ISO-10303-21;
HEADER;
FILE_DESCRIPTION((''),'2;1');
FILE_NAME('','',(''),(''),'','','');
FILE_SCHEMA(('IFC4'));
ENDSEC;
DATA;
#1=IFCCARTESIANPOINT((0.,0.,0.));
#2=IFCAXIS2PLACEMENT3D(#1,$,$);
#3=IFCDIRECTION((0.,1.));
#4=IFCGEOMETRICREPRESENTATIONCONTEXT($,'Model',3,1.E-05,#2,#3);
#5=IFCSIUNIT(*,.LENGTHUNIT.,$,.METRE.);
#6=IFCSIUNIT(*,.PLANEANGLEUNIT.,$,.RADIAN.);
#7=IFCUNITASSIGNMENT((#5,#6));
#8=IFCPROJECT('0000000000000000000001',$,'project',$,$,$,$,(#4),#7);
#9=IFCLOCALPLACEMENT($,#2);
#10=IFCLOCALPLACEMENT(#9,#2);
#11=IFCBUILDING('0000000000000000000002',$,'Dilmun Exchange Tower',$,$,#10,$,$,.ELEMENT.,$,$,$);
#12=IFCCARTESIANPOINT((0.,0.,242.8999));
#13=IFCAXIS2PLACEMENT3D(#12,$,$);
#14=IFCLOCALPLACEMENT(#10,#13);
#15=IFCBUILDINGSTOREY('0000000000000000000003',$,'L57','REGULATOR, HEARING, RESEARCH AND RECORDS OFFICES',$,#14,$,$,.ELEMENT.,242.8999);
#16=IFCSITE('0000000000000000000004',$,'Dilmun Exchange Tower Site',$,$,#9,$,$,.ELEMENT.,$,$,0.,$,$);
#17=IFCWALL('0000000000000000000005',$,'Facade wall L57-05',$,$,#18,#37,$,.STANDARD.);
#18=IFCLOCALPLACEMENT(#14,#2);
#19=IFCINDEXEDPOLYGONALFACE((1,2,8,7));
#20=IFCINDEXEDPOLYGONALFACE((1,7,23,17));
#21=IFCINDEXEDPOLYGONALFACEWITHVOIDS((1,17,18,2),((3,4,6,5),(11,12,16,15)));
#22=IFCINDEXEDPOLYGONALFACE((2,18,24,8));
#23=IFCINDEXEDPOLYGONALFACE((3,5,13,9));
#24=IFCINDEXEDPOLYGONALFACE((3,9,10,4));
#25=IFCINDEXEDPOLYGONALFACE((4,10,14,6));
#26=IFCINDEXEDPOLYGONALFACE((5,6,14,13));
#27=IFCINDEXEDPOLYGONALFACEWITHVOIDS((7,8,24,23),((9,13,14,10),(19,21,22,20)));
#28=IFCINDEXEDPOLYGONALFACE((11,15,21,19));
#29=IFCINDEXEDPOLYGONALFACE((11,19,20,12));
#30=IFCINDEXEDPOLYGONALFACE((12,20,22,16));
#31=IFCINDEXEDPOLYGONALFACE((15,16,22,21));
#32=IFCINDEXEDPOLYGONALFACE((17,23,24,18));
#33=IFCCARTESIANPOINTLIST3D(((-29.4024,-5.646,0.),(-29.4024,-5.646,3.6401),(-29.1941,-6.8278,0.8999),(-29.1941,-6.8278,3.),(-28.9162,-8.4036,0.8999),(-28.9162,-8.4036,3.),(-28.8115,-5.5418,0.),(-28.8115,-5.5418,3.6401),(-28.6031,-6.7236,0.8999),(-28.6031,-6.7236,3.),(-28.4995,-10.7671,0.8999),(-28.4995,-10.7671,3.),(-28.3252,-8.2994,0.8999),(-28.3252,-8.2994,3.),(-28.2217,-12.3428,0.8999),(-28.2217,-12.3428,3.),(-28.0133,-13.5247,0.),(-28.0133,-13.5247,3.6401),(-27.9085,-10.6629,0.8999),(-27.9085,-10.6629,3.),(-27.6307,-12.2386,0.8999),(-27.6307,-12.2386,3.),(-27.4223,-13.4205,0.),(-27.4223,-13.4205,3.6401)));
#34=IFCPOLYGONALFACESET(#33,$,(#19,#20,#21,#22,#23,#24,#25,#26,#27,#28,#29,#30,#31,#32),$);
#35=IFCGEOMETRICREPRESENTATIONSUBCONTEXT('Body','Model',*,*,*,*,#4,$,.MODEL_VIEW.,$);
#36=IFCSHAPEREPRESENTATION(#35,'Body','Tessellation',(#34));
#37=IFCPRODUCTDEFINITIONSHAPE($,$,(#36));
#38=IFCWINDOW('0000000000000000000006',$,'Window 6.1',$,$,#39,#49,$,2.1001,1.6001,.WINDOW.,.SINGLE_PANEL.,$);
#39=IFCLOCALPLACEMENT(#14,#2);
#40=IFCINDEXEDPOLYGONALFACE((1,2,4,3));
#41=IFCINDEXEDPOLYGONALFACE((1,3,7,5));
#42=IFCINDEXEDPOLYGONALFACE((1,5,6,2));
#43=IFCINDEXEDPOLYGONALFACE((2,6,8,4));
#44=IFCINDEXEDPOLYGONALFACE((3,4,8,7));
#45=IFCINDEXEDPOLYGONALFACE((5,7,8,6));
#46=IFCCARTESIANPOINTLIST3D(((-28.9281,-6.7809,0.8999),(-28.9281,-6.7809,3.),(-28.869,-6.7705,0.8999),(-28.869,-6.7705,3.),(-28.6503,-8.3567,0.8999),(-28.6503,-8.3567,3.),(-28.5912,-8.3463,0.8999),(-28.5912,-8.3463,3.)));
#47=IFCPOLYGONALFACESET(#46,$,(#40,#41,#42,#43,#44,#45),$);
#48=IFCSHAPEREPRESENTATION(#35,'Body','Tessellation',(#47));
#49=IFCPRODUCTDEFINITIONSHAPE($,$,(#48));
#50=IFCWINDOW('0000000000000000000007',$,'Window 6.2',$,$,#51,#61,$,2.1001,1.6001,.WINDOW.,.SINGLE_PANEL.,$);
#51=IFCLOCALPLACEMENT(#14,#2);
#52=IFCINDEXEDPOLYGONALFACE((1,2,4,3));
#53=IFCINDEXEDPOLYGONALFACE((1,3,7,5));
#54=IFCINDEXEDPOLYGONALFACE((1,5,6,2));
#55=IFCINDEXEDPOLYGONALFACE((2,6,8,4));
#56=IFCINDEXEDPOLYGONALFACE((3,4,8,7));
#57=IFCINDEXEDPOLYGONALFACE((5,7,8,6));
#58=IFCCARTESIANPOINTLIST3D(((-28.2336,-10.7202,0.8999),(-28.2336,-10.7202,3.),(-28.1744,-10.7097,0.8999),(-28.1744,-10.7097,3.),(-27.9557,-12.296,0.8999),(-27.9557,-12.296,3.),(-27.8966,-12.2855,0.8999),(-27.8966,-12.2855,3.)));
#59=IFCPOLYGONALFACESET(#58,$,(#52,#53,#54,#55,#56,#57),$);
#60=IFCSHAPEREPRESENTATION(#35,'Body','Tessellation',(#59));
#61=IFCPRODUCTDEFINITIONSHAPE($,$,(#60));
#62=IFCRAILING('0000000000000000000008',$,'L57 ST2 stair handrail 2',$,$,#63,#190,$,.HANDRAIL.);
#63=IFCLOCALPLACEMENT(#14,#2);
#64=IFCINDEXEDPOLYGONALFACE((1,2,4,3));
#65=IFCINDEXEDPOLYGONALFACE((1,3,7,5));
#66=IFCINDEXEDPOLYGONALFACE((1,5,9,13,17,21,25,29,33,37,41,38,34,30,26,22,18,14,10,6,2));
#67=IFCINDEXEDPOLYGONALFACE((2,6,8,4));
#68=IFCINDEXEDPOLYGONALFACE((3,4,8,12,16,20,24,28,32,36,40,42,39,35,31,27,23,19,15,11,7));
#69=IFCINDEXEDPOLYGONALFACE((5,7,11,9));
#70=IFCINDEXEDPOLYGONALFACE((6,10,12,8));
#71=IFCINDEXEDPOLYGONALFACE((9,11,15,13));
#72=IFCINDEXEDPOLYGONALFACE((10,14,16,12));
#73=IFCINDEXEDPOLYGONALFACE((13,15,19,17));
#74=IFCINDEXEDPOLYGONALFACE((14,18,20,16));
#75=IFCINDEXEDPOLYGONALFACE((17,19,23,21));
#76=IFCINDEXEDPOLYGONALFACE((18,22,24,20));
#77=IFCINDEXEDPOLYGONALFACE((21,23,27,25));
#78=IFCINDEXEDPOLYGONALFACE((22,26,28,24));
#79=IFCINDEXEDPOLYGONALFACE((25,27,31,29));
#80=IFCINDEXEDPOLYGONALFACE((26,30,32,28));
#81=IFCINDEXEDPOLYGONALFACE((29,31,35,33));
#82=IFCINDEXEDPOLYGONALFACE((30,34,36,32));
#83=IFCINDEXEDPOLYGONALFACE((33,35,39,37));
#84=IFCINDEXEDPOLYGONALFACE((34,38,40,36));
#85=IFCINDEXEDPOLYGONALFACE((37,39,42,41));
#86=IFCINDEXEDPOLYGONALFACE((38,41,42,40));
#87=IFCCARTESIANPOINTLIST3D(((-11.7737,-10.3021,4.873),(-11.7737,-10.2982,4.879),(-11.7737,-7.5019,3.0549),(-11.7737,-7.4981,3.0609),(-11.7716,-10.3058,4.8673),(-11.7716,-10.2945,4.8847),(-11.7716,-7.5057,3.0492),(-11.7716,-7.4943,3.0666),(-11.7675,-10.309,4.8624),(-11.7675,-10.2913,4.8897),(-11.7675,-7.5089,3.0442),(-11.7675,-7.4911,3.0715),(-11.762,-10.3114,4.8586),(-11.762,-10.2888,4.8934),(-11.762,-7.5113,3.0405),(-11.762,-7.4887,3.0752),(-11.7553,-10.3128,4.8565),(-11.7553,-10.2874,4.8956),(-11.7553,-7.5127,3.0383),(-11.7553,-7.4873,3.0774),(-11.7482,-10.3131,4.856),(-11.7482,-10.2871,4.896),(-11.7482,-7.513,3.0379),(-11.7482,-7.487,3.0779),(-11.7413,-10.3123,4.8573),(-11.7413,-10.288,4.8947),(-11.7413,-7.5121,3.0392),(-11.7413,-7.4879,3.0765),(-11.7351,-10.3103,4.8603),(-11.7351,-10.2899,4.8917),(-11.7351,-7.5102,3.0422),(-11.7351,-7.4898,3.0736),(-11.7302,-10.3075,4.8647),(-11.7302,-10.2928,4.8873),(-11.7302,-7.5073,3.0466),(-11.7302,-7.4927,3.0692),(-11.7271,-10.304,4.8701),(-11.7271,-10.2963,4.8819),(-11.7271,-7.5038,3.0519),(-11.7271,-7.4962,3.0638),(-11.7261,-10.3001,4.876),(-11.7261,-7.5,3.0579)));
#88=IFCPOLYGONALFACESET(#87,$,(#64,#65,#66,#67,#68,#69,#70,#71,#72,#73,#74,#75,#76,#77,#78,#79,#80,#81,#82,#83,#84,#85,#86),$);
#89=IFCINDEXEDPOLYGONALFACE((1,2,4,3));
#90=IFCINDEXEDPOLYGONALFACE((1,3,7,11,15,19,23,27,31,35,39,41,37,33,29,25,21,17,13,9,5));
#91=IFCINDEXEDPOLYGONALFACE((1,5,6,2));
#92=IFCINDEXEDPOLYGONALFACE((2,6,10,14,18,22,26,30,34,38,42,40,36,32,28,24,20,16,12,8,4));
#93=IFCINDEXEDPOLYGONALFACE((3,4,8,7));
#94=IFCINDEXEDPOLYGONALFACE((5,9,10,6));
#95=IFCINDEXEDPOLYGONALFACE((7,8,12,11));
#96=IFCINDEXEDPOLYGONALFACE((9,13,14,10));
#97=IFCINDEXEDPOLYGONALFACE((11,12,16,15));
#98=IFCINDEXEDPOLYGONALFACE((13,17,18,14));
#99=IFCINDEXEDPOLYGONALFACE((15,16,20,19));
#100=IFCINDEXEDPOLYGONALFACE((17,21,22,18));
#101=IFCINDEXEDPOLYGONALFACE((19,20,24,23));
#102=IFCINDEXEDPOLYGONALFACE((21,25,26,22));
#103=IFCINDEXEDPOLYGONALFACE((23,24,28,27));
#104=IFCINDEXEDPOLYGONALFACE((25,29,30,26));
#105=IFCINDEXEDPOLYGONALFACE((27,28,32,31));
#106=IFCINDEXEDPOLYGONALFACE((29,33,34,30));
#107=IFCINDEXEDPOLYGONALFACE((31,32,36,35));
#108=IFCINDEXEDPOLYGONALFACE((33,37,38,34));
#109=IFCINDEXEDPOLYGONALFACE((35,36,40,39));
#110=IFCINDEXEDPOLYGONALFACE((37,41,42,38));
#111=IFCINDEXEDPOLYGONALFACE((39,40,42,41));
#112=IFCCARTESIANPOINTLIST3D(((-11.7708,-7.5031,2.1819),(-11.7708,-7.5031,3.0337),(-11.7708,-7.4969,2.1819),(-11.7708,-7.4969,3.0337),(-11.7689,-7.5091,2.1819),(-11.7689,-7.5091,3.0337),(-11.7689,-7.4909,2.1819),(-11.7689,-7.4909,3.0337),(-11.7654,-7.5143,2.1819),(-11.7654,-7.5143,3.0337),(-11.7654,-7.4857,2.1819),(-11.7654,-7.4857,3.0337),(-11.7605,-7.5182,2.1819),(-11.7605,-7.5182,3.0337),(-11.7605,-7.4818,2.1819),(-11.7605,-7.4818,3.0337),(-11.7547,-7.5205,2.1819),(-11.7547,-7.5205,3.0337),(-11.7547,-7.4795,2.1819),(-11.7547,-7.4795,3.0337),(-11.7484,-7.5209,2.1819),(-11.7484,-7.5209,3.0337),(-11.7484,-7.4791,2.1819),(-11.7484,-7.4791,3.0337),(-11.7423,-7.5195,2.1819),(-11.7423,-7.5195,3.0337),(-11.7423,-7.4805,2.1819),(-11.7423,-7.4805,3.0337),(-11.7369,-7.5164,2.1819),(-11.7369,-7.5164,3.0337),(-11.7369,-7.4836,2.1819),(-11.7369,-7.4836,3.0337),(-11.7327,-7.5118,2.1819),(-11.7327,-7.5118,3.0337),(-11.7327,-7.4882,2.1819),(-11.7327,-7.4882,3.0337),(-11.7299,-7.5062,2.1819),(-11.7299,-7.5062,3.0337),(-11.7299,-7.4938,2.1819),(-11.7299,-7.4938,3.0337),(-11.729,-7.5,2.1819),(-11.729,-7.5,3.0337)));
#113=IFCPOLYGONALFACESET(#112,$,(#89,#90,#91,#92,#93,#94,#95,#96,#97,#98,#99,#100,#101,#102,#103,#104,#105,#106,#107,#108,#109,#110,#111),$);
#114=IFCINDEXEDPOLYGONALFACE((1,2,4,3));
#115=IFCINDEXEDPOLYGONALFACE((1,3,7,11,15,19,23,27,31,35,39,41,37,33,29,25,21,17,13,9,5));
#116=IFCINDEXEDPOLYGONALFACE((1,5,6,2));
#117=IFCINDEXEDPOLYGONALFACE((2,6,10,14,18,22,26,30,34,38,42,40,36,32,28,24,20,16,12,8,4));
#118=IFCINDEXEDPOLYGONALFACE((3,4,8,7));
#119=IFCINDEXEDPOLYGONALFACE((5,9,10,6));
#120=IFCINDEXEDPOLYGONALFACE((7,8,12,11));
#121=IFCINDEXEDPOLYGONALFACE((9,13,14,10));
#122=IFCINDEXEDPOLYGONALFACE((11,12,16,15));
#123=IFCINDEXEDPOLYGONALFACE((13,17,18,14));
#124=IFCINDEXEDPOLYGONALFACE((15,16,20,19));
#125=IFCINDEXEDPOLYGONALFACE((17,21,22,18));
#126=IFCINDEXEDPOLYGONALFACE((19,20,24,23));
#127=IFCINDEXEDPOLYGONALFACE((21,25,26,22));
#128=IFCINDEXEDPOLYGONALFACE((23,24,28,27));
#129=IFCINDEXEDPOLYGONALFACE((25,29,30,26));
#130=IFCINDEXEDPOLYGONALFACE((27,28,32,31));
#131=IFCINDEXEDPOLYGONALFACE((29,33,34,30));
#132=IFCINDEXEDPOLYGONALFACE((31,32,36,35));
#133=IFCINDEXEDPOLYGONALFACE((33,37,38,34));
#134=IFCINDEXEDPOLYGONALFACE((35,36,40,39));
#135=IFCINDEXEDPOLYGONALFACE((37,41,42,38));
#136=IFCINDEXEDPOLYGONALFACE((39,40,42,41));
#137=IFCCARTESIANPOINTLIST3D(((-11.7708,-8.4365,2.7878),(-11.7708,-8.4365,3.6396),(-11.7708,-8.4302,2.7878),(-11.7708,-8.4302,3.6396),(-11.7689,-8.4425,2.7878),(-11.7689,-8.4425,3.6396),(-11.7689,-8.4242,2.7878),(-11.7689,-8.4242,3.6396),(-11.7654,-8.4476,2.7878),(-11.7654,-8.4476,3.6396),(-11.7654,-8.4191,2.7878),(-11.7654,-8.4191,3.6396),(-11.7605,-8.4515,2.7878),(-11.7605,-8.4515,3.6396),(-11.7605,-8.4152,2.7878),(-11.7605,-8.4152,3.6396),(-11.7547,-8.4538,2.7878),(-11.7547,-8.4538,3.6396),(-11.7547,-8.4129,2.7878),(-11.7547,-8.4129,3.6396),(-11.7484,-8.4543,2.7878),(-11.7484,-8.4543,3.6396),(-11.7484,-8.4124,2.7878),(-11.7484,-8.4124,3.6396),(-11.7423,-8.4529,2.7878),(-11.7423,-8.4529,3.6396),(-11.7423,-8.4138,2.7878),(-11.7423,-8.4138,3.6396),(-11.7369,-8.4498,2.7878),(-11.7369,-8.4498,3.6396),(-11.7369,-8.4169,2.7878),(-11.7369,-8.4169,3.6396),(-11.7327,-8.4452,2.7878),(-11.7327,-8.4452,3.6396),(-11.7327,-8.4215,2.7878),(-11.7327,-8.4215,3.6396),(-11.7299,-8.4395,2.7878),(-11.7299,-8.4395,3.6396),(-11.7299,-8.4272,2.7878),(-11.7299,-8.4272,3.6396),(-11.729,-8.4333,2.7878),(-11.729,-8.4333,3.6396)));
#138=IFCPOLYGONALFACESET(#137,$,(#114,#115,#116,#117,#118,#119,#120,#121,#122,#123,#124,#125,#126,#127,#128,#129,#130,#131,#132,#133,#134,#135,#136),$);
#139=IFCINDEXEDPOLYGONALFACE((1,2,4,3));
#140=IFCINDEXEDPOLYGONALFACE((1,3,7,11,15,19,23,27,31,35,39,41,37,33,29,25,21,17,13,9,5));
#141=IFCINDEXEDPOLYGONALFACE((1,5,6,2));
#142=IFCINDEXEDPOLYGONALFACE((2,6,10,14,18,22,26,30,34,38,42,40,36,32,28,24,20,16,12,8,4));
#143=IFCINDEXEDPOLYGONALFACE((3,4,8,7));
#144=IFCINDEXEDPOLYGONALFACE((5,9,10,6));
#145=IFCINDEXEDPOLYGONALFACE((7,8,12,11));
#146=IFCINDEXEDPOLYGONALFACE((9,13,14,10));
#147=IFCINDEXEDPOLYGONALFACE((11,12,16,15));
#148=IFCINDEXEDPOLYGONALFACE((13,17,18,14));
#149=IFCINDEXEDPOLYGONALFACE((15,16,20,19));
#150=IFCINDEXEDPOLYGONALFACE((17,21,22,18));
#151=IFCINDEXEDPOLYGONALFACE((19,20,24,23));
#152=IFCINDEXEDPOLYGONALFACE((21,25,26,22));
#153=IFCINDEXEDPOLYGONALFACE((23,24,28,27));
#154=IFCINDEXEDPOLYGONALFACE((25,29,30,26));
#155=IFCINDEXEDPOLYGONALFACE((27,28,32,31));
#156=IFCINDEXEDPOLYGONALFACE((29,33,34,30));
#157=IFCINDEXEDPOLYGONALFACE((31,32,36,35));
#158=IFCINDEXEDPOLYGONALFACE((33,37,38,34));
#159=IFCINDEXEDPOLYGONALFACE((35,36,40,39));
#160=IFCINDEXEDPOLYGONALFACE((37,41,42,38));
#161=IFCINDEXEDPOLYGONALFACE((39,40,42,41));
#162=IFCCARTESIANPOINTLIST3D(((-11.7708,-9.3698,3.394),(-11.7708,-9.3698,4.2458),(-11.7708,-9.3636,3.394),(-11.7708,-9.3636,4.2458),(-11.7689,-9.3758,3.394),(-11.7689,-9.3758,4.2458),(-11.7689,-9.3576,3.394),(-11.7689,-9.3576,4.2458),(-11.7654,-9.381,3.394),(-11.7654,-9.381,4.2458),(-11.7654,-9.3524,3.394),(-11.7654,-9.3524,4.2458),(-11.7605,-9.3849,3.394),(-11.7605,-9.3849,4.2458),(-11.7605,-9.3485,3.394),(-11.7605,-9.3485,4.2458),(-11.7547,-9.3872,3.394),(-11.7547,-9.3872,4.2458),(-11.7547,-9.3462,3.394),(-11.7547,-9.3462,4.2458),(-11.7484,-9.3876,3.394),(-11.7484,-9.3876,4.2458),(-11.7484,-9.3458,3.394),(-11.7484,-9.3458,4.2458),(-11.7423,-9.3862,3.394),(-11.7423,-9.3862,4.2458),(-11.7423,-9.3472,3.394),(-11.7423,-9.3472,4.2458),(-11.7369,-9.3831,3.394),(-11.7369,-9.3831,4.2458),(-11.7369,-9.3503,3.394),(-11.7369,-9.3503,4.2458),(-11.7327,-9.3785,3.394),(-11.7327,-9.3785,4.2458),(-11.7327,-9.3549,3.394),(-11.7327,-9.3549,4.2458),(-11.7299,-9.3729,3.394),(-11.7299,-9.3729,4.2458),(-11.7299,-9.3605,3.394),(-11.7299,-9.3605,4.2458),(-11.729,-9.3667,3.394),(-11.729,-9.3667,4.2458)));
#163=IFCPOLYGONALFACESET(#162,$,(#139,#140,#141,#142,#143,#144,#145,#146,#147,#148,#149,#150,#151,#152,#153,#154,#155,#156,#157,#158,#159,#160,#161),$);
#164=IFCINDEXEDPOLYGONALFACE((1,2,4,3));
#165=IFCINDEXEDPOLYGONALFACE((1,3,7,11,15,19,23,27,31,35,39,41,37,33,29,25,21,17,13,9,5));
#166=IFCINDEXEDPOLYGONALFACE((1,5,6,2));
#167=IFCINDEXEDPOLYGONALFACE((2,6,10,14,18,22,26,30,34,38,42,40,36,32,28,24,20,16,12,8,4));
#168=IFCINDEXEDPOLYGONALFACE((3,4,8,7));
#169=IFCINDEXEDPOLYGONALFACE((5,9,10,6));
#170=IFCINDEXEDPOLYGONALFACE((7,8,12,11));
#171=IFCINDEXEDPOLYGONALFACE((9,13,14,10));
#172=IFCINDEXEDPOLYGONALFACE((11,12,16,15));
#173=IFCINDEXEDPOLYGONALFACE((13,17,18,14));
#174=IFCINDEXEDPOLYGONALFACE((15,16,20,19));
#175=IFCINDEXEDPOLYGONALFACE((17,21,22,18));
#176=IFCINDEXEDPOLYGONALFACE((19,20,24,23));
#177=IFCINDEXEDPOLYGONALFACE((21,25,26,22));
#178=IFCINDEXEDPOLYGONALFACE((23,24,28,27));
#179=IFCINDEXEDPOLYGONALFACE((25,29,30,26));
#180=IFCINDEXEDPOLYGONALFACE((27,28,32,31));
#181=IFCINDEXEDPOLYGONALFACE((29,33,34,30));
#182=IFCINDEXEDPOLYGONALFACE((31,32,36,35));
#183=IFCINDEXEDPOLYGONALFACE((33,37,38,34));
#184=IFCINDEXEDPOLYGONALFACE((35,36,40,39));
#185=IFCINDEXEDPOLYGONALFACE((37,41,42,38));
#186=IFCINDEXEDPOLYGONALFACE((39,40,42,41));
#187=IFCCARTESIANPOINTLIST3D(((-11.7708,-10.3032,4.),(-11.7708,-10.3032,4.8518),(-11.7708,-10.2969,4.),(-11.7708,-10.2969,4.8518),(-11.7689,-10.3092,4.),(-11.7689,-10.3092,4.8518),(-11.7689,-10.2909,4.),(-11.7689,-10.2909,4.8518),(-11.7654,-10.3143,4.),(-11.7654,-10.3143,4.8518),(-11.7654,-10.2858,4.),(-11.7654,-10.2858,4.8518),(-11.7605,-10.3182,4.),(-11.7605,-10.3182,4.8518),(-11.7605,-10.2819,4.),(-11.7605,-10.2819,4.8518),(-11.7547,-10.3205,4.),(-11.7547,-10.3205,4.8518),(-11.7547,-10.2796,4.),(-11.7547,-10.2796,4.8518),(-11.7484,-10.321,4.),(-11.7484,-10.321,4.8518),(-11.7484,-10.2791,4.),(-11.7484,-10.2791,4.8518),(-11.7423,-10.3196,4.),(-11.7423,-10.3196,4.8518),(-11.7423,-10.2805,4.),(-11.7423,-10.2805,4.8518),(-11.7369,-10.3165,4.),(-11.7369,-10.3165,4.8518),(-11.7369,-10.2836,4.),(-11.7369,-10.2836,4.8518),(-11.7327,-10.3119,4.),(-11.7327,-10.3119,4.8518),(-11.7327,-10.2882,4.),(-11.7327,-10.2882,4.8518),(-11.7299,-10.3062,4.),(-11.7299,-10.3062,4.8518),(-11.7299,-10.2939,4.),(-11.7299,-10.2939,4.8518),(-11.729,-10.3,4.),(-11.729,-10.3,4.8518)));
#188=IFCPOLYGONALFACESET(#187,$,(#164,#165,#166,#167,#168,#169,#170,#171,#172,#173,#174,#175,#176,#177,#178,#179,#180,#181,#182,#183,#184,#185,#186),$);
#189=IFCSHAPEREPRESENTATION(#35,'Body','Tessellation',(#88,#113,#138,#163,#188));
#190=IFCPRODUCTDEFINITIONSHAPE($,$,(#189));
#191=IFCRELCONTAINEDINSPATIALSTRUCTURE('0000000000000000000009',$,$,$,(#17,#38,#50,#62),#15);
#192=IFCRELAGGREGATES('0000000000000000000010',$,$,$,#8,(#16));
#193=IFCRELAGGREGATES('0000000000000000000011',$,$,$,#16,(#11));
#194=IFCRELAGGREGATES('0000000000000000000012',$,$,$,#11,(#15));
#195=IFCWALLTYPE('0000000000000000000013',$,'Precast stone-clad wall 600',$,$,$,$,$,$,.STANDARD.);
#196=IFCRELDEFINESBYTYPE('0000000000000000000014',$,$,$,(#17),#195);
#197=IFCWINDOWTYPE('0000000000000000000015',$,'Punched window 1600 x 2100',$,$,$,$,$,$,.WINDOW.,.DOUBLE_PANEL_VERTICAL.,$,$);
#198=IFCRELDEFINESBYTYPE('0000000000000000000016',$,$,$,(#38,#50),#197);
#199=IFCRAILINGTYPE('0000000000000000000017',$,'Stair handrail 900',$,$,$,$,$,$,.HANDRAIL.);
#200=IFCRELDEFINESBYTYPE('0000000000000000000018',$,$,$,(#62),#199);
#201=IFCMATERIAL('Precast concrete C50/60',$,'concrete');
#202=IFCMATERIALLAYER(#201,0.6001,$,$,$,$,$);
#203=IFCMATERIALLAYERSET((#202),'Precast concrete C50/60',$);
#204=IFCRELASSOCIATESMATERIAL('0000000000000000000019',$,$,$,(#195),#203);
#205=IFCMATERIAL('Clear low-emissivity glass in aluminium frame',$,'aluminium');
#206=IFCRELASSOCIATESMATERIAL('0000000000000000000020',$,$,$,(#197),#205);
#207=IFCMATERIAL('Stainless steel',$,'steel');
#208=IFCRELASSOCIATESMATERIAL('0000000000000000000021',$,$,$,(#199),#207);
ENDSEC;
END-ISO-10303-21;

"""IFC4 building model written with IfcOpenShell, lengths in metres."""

from ifc_helpers import new_model, si_unit, direction, frame, frame_2d, origin, origin_2d, place, context, subcontext, project, spatial, rectangle, circle, extrude, material, layer, layer_set, type_object, element, fill, save


model = new_model("IFC4")

# Units and contexts
model_context = context("Model", 3, precision=1e-05, world=origin(), true_north=direction((0.0, 1.0)))
body_context = subcontext(model_context, "Body", "Model", "MODEL_VIEW")
ifc_project = project(units=[si_unit("LENGTHUNIT", "METRE"), si_unit("PLANEANGLEUNIT", "RADIAN")], contexts=[model_context])

# Site, building, storey
site_placement = place(None, origin())
site = spatial("IfcSite", under=ifc_project, at=site_placement, Name="Dilmun Exchange Tower Site", CompositionType="ELEMENT", RefElevation=0.0)
building_placement = place(site_placement, origin())
building = spatial("IfcBuilding", under=site, at=building_placement, Name="Dilmun Exchange Tower", CompositionType="ELEMENT")
storey_placement = place(building_placement, frame((0.0, 0.0, 242.8999)))
storey = spatial("IfcBuildingStorey", under=building, at=storey_placement, Name="L57", Description="REGULATOR, HEARING, RESEARCH AND RECORDS OFFICES", CompositionType="ELEMENT", Elevation=242.8999)

# Shared definitions
ifc_material_1 = material(Name="Precast concrete C50/60", Category="concrete")
ifc_layer_1 = layer(ifc_material_1, 0.6001)
ifc_layer_set_1 = layer_set([ifc_layer_1], Name="Precast concrete C50/60")
wall_type_1 = type_object("IfcWallType", Name="Precast stone-clad wall 600", PredefinedType="STANDARD", material=ifc_layer_set_1)
ifc_material_2 = material(Name="Clear low-emissivity glass in aluminium frame", Category="aluminium")
window_type = type_object("IfcWindowType", Name="Punched window 1600 x 2100", PartitioningType="DOUBLE_PANEL_VERTICAL", PredefinedType="WINDOW", material=ifc_material_2)

# Wall, openings, windows
wall_1_placement = place(storey_placement, frame((-29.1069, -5.594, 0.0), z_axis=(0.0, 0.0, 1.0), x_axis=(0.173641, -0.984809, 0.0)))
wall_1 = element("IfcWall", 1, at=wall_1_placement, inside=storey, type_object=wall_type_1, Name="Facade wall L57-05", PredefinedType="STANDARD", context=body_context, shape_type="SweptSolid", body=[
    extrude(rectangle(XDim=8.0002, YDim=0.6001, at=frame_2d((4.0, 0.0))), origin(), (0.0, 0.0, 1.0), 3.6401),
])
opening_1_placement = place(wall_1_placement, frame((1.2, 0.0, 0.8999)))
opening_1 = element("IfcOpeningElement", 2, at=opening_1_placement, cuts=wall_1, PredefinedType="OPENING", context=body_context, shape_type="SweptSolid", body=[
    extrude(rectangle(XDim=1.6001, YDim=2.1001, at=frame_2d((0.8, 1.05))), frame((0.0, 0.3101, 0.0), z_axis=(0.0, -1.0, 0.0), x_axis=(1.0, 0.0, 0.0)), (0.0, 0.0, 1.0), 0.6201),
])
opening_2_placement = place(wall_1_placement, frame((5.2, 0.0, 0.8999)))
opening_2 = element("IfcOpeningElement", 3, at=opening_2_placement, cuts=wall_1, PredefinedType="OPENING", context=body_context, shape_type="SweptSolid", body=[
    extrude(rectangle(XDim=1.6001, YDim=2.1001, at=frame_2d((0.8, 1.05))), frame((0.0, 0.3101, 0.0), z_axis=(0.0, -1.0, 0.0), x_axis=(1.0, 0.0, 0.0)), (0.0, 0.0, 1.0), 0.6201),
])
window_1_placement = place(opening_1_placement, origin())
window_1 = element("IfcWindow", 4, at=window_1_placement, inside=storey, type_object=window_type, Name="Window 6.1", OverallHeight=2.1001, OverallWidth=1.6001, PartitioningType="SINGLE_PANEL", PredefinedType="WINDOW", context=body_context, shape_type="SweptSolid", body=[
    extrude(rectangle(XDim=1.6001, YDim=2.1001, at=frame_2d((0.8, 1.05))), frame((0.0, 0.03, 0.0), z_axis=(0.0, -1.0, 0.0), x_axis=(1.0, 0.0, 0.0)), (0.0, 0.0, 1.0), 0.0601),
])
fill(opening_1, window_1)
window_2_placement = place(opening_2_placement, origin())
window_2 = element("IfcWindow", 5, at=window_2_placement, inside=storey, type_object=window_type, Name="Window 6.2", OverallHeight=2.1001, OverallWidth=1.6001, PartitioningType="SINGLE_PANEL", PredefinedType="WINDOW", context=body_context, shape_type="SweptSolid", body=[
    extrude(rectangle(XDim=1.6001, YDim=2.1001, at=frame_2d((0.8, 1.05))), frame((0.0, 0.03, 0.0), z_axis=(0.0, -1.0, 0.0), x_axis=(1.0, 0.0, 0.0)), (0.0, 0.0, 1.0), 0.0601),
])
fill(opening_2, window_2)

# Railing
ifc_material_3 = material(Name="Stainless steel", Category="steel")
railing_type = type_object("IfcRailingType", Name="Stair handrail 900", PredefinedType="HANDRAIL", material=ifc_material_3)
railing_placement = place(storey_placement, frame((-11.75, -7.5, 2.1819)))
element("IfcRailing", 6, at=railing_placement, inside=storey, type_object=railing_type, Name="L57 ST2 stair handrail 2", PredefinedType="HANDRAIL", context=body_context, shape_type="SweptSolid", body=[
    extrude(circle(Radius=0.0239, at=origin_2d()), frame((0.0, 0.0, 0.876), z_axis=(0.0, -0.838706, 0.544585), x_axis=(1.0, 0.0, 0.0)), (0.0, 0.0, 1.0), 3.3386),
    extrude(circle(Radius=0.021, at=origin_2d()), origin(), (0.0, 0.0, 1.0), 0.8518),
    extrude(circle(Radius=0.021, at=origin_2d()), frame((0.0, -0.9333, 0.606)), (0.0, 0.0, 1.0), 0.8518),
    extrude(circle(Radius=0.021, at=origin_2d()), frame((0.0, -1.8667, 1.2122)), (0.0, 0.0, 1.0), 0.8518),
    extrude(circle(Radius=0.021, at=origin_2d()), frame((0.0, -2.8, 1.8181)), (0.0, 0.0, 1.0), 0.8518),
])

save(model, "model.ifc")
